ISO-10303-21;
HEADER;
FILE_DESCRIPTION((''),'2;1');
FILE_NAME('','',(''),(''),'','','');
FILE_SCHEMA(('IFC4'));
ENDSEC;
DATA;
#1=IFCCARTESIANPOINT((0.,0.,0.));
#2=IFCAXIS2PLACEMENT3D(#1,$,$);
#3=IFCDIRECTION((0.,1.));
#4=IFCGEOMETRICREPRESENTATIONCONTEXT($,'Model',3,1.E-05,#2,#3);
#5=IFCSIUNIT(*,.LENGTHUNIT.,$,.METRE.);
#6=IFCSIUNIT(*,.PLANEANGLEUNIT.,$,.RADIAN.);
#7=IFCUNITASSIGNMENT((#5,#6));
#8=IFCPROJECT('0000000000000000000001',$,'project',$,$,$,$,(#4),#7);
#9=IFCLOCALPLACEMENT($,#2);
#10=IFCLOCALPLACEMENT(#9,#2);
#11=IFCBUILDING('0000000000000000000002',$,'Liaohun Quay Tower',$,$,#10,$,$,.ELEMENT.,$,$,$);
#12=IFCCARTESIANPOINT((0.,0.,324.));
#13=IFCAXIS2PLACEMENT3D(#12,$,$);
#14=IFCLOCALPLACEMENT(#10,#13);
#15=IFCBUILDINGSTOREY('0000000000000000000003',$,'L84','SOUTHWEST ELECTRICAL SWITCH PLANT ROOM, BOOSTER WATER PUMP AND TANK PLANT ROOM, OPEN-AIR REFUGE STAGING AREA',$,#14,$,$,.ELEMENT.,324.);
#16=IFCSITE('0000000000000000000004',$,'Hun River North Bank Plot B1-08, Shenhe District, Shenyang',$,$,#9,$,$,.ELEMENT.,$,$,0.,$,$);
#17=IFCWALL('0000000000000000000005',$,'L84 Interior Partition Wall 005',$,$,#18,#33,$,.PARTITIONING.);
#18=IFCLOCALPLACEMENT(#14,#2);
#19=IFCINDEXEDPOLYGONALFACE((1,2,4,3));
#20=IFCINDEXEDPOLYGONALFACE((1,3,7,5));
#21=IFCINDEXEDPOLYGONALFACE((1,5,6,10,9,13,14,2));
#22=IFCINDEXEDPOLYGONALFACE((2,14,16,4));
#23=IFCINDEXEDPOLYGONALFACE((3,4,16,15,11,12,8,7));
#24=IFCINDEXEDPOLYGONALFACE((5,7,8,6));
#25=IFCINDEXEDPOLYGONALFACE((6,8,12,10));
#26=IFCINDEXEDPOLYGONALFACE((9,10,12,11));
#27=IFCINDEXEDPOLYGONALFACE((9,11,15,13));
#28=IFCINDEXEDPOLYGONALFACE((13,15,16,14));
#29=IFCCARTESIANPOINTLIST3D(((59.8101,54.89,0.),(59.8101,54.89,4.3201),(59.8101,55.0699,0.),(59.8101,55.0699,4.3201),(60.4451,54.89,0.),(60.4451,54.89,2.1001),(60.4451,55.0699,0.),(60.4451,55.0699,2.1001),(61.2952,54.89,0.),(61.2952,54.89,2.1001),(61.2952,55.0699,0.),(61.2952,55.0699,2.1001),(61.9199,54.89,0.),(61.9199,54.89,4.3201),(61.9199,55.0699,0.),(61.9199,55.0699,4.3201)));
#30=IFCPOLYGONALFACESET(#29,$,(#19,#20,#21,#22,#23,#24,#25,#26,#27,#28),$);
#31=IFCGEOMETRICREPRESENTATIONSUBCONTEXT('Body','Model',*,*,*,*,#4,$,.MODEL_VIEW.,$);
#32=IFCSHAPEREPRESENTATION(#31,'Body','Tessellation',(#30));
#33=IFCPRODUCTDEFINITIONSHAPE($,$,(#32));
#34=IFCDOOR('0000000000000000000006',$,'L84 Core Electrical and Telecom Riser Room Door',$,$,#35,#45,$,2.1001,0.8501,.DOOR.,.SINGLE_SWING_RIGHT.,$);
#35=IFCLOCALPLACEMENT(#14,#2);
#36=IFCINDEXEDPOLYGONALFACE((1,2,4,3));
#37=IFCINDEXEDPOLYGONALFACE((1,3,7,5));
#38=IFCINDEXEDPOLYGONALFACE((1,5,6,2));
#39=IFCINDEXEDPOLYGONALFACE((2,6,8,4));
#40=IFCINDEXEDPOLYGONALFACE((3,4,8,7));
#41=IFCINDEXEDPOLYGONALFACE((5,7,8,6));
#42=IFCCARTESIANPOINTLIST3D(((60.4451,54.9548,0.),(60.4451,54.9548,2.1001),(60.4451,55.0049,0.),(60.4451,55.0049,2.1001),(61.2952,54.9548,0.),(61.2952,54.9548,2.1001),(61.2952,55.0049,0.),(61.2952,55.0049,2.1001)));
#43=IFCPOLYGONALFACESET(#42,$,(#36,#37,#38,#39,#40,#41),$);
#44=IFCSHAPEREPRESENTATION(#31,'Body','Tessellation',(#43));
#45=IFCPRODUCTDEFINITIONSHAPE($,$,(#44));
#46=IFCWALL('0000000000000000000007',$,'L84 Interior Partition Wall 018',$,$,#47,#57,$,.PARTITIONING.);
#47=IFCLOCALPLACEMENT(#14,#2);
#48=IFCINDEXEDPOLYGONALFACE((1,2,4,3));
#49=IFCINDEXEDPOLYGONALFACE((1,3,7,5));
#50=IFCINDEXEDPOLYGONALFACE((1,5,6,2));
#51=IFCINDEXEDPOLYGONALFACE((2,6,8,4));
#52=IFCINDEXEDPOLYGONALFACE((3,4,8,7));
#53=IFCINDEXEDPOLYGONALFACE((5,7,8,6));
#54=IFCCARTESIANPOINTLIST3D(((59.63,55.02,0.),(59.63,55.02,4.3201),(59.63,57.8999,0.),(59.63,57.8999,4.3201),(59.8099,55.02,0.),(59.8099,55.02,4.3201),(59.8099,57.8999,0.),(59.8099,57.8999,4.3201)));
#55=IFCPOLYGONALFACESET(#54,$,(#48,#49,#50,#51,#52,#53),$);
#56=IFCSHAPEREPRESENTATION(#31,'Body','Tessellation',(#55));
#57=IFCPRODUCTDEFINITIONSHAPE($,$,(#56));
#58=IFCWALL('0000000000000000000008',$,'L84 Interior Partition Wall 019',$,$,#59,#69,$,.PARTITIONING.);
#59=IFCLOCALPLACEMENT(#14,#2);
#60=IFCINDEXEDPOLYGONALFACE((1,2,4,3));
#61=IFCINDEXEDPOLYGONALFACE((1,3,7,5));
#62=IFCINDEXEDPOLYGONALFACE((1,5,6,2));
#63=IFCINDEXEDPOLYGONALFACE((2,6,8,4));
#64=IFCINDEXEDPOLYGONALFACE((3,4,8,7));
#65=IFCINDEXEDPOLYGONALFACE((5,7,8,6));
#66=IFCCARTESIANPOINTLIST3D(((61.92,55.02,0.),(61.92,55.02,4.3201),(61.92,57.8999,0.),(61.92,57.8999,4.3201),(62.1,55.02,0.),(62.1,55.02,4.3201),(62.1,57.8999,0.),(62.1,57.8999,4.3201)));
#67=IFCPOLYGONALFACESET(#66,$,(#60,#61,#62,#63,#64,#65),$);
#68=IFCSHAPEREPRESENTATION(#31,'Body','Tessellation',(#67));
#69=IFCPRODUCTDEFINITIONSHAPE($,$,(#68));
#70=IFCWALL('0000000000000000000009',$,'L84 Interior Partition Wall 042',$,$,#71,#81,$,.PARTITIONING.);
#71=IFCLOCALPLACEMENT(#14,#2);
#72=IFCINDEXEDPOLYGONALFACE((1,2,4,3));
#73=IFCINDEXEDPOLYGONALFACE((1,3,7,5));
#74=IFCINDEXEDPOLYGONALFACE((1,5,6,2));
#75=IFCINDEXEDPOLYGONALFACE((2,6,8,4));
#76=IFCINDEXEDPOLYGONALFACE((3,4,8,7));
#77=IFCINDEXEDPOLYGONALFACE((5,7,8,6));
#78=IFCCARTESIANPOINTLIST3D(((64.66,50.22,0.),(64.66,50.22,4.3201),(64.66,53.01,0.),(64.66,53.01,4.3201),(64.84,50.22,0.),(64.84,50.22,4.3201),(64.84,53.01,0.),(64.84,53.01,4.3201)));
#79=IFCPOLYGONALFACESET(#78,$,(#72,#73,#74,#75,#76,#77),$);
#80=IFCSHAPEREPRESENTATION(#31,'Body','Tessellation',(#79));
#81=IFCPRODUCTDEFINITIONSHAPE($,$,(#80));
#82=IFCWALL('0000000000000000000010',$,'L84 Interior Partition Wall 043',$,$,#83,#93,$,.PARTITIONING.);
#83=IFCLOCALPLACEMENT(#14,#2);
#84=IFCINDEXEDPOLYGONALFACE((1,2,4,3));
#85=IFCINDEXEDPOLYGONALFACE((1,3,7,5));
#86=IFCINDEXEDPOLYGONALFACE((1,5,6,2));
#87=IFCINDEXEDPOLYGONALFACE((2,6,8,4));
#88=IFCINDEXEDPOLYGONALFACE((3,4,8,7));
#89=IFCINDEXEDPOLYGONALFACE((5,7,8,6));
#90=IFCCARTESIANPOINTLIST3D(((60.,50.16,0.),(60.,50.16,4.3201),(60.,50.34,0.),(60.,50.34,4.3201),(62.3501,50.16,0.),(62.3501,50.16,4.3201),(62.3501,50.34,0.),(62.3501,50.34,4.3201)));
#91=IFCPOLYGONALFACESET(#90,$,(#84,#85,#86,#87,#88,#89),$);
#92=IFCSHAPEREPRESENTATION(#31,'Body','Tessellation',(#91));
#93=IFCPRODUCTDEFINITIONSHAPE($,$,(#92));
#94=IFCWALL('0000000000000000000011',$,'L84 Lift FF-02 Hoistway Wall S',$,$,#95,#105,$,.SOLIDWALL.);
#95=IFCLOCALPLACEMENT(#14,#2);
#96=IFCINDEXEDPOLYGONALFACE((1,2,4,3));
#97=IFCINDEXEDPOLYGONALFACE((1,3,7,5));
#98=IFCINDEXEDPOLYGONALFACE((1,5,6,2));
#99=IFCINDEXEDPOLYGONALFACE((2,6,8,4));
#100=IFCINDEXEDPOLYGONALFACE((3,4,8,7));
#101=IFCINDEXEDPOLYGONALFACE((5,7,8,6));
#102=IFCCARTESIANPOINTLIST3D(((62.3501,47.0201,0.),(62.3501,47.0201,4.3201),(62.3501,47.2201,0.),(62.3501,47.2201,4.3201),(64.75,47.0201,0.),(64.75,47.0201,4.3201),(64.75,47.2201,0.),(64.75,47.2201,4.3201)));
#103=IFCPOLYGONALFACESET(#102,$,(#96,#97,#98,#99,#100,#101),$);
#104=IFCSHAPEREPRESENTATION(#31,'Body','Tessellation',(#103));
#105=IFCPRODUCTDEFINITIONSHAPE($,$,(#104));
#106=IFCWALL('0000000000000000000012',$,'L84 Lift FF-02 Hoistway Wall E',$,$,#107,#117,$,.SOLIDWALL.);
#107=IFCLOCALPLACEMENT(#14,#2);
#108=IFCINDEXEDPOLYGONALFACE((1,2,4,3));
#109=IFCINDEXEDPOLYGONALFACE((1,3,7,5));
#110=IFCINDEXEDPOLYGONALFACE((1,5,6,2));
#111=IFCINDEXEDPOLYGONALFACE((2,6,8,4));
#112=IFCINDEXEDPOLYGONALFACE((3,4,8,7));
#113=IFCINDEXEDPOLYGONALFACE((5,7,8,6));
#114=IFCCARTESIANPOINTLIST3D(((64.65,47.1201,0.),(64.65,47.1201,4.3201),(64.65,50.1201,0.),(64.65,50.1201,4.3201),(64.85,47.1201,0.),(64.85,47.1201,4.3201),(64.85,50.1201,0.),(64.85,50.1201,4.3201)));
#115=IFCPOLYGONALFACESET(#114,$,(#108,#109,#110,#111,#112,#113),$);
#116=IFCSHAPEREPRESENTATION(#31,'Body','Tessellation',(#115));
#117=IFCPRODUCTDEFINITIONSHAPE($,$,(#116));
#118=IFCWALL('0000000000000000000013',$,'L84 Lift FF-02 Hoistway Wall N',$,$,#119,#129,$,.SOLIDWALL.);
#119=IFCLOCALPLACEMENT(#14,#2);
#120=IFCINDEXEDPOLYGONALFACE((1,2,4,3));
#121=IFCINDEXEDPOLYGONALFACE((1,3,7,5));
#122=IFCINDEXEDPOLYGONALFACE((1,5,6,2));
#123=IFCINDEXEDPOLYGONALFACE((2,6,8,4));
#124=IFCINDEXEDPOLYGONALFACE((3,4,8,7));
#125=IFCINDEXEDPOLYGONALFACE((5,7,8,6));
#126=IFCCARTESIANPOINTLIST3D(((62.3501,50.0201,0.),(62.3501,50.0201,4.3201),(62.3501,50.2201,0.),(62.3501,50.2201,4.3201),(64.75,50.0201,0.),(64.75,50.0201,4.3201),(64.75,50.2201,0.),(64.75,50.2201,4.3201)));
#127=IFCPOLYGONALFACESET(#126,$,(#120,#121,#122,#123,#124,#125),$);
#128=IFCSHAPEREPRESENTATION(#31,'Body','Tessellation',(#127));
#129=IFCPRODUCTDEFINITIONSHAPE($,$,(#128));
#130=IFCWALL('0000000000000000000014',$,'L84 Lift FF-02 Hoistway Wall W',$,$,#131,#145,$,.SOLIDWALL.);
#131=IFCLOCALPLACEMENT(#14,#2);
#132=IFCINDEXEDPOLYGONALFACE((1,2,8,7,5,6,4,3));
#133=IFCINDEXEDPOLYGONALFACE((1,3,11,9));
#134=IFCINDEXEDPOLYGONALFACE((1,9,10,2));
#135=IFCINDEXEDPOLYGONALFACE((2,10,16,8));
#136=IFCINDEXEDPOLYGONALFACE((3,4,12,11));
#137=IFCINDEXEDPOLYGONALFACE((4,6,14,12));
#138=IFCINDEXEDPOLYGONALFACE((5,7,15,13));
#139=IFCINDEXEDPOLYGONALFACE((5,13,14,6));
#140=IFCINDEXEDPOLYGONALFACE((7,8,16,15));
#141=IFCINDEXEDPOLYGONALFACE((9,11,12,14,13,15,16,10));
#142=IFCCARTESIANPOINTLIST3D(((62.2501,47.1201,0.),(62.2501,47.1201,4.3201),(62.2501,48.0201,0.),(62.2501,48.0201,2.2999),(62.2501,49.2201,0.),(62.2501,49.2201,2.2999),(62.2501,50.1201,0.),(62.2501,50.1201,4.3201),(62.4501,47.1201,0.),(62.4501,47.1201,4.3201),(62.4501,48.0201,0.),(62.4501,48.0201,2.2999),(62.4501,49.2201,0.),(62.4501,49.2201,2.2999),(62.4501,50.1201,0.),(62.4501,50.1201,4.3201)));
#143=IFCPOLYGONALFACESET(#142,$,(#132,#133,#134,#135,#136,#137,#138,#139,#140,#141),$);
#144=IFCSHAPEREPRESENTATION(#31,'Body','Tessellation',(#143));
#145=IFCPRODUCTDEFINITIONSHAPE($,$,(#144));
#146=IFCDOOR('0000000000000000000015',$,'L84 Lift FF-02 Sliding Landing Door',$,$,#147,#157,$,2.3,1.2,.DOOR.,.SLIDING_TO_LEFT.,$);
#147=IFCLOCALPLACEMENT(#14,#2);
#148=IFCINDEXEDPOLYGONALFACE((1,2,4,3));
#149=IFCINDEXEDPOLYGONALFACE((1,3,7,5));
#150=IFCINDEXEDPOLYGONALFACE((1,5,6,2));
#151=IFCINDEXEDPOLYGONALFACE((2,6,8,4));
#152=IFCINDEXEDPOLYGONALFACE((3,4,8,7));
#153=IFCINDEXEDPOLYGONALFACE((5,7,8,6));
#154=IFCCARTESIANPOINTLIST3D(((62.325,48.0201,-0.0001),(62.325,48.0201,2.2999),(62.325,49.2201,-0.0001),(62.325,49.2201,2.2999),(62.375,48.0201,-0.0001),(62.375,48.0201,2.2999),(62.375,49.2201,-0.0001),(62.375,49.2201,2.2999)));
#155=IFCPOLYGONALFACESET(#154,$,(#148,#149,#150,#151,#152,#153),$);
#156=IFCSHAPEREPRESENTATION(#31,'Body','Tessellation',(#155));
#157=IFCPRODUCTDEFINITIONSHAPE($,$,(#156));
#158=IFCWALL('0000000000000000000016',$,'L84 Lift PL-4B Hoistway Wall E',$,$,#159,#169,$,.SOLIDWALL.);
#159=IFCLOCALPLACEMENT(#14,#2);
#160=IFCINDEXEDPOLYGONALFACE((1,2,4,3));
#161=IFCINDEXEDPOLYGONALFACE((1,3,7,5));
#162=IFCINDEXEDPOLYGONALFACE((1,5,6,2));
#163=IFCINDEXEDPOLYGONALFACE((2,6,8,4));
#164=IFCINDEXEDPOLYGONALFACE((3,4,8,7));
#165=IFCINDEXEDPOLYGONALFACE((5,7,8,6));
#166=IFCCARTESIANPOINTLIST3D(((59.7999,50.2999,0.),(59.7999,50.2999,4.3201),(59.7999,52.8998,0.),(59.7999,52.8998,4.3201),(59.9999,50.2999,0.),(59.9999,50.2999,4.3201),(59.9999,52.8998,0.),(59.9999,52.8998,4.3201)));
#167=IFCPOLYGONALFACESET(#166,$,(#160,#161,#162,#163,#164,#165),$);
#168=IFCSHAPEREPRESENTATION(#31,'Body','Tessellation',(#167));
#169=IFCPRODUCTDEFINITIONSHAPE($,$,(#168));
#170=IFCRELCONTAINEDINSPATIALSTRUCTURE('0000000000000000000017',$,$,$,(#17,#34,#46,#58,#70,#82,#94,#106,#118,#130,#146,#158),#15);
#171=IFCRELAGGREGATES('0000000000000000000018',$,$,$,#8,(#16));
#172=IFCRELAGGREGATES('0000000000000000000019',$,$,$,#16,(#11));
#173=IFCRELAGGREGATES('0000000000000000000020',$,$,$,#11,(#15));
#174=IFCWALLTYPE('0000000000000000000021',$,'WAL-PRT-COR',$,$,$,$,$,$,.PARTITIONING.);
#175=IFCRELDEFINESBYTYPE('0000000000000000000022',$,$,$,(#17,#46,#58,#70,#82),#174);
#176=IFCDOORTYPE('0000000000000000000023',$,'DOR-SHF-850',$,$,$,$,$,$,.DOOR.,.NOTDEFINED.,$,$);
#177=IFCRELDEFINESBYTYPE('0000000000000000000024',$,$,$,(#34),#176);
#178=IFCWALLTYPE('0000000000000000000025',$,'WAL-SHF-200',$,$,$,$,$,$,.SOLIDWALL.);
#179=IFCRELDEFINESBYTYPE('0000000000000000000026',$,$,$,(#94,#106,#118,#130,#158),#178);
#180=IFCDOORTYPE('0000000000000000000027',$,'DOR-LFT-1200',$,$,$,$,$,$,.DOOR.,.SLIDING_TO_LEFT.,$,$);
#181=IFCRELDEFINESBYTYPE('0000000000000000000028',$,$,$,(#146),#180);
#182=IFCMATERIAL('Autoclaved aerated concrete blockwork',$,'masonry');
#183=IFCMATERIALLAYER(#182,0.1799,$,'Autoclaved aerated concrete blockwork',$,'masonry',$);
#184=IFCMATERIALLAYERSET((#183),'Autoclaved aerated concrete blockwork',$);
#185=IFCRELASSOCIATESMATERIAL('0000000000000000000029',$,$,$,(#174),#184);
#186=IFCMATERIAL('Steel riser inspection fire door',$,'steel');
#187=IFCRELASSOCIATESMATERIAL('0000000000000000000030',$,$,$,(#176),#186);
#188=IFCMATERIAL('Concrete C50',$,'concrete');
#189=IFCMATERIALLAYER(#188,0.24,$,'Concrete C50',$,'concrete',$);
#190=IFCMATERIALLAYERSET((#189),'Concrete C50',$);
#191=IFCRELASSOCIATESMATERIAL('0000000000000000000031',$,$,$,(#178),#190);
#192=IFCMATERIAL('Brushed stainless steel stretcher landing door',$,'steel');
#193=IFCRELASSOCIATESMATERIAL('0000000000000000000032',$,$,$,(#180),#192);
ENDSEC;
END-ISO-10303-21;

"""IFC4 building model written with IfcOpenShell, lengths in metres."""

from ifc_helpers import new_model, si_unit, direction, frame, frame_2d, origin, place, context, subcontext, project, spatial, rectangle, extrude, source, transform, mapped, material, layer, layer_set, type_object, element, fill, save


model = new_model("IFC4")

# Units and contexts
model_context = context("Model", 3, precision=1e-05, world=origin(), true_north=direction((0.0, 1.0)))
body_context = subcontext(model_context, "Body", "Model", "MODEL_VIEW")
ifc_project = project(units=[si_unit("LENGTHUNIT", "METRE"), si_unit("PLANEANGLEUNIT", "RADIAN")], contexts=[model_context])

# Site, building, storey
site_placement = place(None, origin())
site = spatial("IfcSite", under=ifc_project, at=site_placement, Name="Hun River North Bank Plot B1-08, Shenhe District, Shenyang", CompositionType="ELEMENT", RefElevation=0.0)
building_placement = place(site_placement, origin())
building = spatial("IfcBuilding", under=site, at=building_placement, Name="Liaohun Quay Tower", CompositionType="ELEMENT")
storey_placement = place(building_placement, frame((0.0, 0.0, 324.0)))
storey = spatial("IfcBuildingStorey", under=building, at=storey_placement, Name="L84", Description="SOUTHWEST ELECTRICAL SWITCH PLANT ROOM, BOOSTER WATER PUMP AND TANK PLANT ROOM, OPEN-AIR REFUGE STAGING AREA", CompositionType="ELEMENT", Elevation=324.0)

# Wall, opening, door
ifc_material_1 = material(Name="Autoclaved aerated concrete blockwork", Category="masonry")
ifc_layer_1 = layer(ifc_material_1, 0.1799, Name="Autoclaved aerated concrete blockwork", Category="masonry")
ifc_layer_set_1 = layer_set([ifc_layer_1], Name="Autoclaved aerated concrete blockwork")
wall_type_1 = type_object("IfcWallType", Name="WAL-PRT-COR", PredefinedType="PARTITIONING", material=ifc_layer_set_1)
shared_shape_1 = source(origin(), body_context, "Body", "SweptSolid", [
    extrude(rectangle(XDim=0.8501, YDim=2.1001, at=frame_2d((0.425, 1.05))), frame((0.0, 0.0999, 0.0), z_axis=(0.0, -1.0, 0.0), x_axis=(1.0, 0.0, 0.0)), (0.0, 0.0, 1.0), 0.2),
])
ifc_material_2 = material(Name="Steel riser inspection fire door", Category="steel")
door_type_1 = type_object("IfcDoorType", Name="DOR-SHF-850", OperationType="NOTDEFINED", PredefinedType="DOOR", material=ifc_material_2)
shared_shape_2 = source(origin(), body_context, "Body", "SweptSolid", [
    extrude(rectangle(XDim=0.8501, YDim=2.1001, at=frame_2d((0.425, 1.05))), frame((0.0, 0.0249, 0.0), z_axis=(0.0, -1.0, 0.0), x_axis=(1.0, 0.0, 0.0)), (0.0, 0.0, 1.0), 0.05),
])
wall_1_placement = place(storey_placement, frame((59.8101, 54.98, 0.0), z_axis=(0.0, 0.0, 1.0), x_axis=(1.0, 0.0, 0.0)))
wall_1 = element("IfcWall", 1, at=wall_1_placement, inside=storey, type_object=wall_type_1, Name="L84 Interior Partition Wall 005", PredefinedType="PARTITIONING", context=body_context, shape_type="SweptSolid", body=[
    extrude(rectangle(XDim=2.1099, YDim=0.1799, at=frame_2d((1.0549, 0.0))), origin(), (0.0, 0.0, 1.0), 4.3201),
])
opening_1_placement = place(wall_1_placement, frame((0.635, 0.0, 0.0)))
opening_1 = element("IfcOpeningElement", 2, at=opening_1_placement, cuts=wall_1, PredefinedType="OPENING", context=body_context, shape_type="MappedRepresentation", body=[
    mapped(shared_shape_1, transform((0.0, 0.0, 0.0), x_axis=(1.0, 0.0, 0.0), y_axis=(0.0, 1.0, 0.0), z_axis=(0.0, 0.0, 1.0), scale=1.0)),
])
door_1_placement = place(opening_1_placement, origin())
door_1 = element("IfcDoor", 3, at=door_1_placement, inside=storey, type_object=door_type_1, Name="L84 Core Electrical and Telecom Riser Room Door", OperationType="SINGLE_SWING_RIGHT", OverallHeight=2.1001, OverallWidth=0.8501, PredefinedType="DOOR", context=body_context, shape_type="MappedRepresentation", body=[
    mapped(shared_shape_2, transform((0.0, 0.0, 0.0), x_axis=(1.0, 0.0, 0.0), y_axis=(0.0, 1.0, 0.0), z_axis=(0.0, 0.0, 1.0), scale=1.0)),
])
fill(opening_1, door_1)

# Walls
for number, where, z_axis, x_axis, name in (
    (4, (59.72, 55.02, 0.0), (0.0, 0.0, 1.0), (0.0, 1.0, 0.0), "L84 Interior Partition Wall 018"),
    (5, (62.01, 55.02, 0.0), (0.0, 0.0, 1.0), (0.0, 1.0, 0.0), "L84 Interior Partition Wall 019"),
):
    element("IfcWall", number, at=place(storey_placement, frame(where, z_axis=z_axis, x_axis=x_axis)), inside=storey, type_object=wall_type_1, Name=name, PredefinedType="PARTITIONING", context=body_context, shape_type="SweptSolid", body=[
        extrude(rectangle(XDim=2.8799, YDim=0.1799, at=frame_2d((1.4399, 0.0))), origin(), (0.0, 0.0, 1.0), 4.3201),
    ])
wall_2_placement = place(storey_placement, frame((64.75, 50.22, 0.0), z_axis=(0.0, 0.0, 1.0), x_axis=(0.0, 1.0, 0.0)))
element("IfcWall", 6, at=wall_2_placement, inside=storey, type_object=wall_type_1, Name="L84 Interior Partition Wall 042", PredefinedType="PARTITIONING", context=body_context, shape_type="SweptSolid", body=[
    extrude(rectangle(XDim=2.79, YDim=0.1799, at=frame_2d((1.395, 0.0))), origin(), (0.0, 0.0, 1.0), 4.3201),
])
wall_3_placement = place(storey_placement, frame((60.0, 50.25, 0.0), z_axis=(0.0, 0.0, 1.0), x_axis=(1.0, 0.0, 0.0)))
element("IfcWall", 7, at=wall_3_placement, inside=storey, type_object=wall_type_1, Name="L84 Interior Partition Wall 043", PredefinedType="PARTITIONING", context=body_context, shape_type="SweptSolid", body=[
    extrude(rectangle(XDim=2.3501, YDim=0.1799, at=frame_2d((1.175, 0.0))), origin(), (0.0, 0.0, 1.0), 4.3201),
])
ifc_material_3 = material(Name="Concrete C50", Category="concrete")
ifc_layer_2 = layer(ifc_material_3, 0.24, Name="Concrete C50", Category="concrete")
ifc_layer_set_2 = layer_set([ifc_layer_2], Name="Concrete C50")
wall_type_2 = type_object("IfcWallType", Name="WAL-SHF-200", PredefinedType="SOLIDWALL", material=ifc_layer_set_2)
wall_4_placement = place(storey_placement, frame((62.3501, 47.1201, 0.0), z_axis=(0.0, 0.0, 1.0), x_axis=(1.0, 0.0, 0.0)))
element("IfcWall", 8, at=wall_4_placement, inside=storey, type_object=wall_type_2, Name="L84 Lift FF-02 Hoistway Wall S", PredefinedType="SOLIDWALL", context=body_context, shape_type="SweptSolid", body=[
    extrude(rectangle(XDim=2.3999, YDim=0.2, at=frame_2d((1.2, 0.0))), origin(), (0.0, 0.0, 1.0), 4.3201),
])
wall_5_placement = place(storey_placement, frame((64.75, 47.1201, 0.0), z_axis=(0.0, 0.0, 1.0), x_axis=(0.0, 1.0, 0.0)))
element("IfcWall", 9, at=wall_5_placement, inside=storey, type_object=wall_type_2, Name="L84 Lift FF-02 Hoistway Wall E", PredefinedType="SOLIDWALL", context=body_context, shape_type="SweptSolid", body=[
    extrude(rectangle(XDim=3.0, YDim=0.2, at=frame_2d((1.5, 0.0))), origin(), (0.0, 0.0, 1.0), 4.3201),
])
wall_6_placement = place(storey_placement, frame((64.75, 50.1201, 0.0), z_axis=(0.0, 0.0, 1.0), x_axis=(-1.0, 0.0, 0.0)))
element("IfcWall", 10, at=wall_6_placement, inside=storey, type_object=wall_type_2, Name="L84 Lift FF-02 Hoistway Wall N", PredefinedType="SOLIDWALL", context=body_context, shape_type="SweptSolid", body=[
    extrude(rectangle(XDim=2.3999, YDim=0.2, at=frame_2d((1.2, 0.0))), origin(), (0.0, 0.0, 1.0), 4.3201),
])

# Wall, opening, door
wall_7_placement = place(storey_placement, frame((62.3501, 50.1201, 0.0), z_axis=(0.0, 0.0, 1.0), x_axis=(0.0, -1.0, 0.0)))
wall_7 = element("IfcWall", 11, at=wall_7_placement, inside=storey, type_object=wall_type_2, Name="L84 Lift FF-02 Hoistway Wall W", PredefinedType="SOLIDWALL", context=body_context, shape_type="SweptSolid", body=[
    extrude(rectangle(XDim=3.0, YDim=0.2, at=frame_2d((1.5, 0.0))), origin(), (0.0, 0.0, 1.0), 4.3201),
])
shared_shape_3 = source(origin(), body_context, "Body", "SweptSolid", [
    extrude(rectangle(XDim=1.2, YDim=2.3, at=frame_2d((0.6001, 1.1499))), frame((0.0, 0.1099, 0.0), z_axis=(0.0, -1.0, 0.0), x_axis=(1.0, 0.0, 0.0)), (0.0, 0.0, 1.0), 0.22),
])
opening_2_placement = place(wall_7_placement, frame((0.8999, 0.0, 0.0)))
opening_2 = element("IfcOpeningElement", 12, at=opening_2_placement, cuts=wall_7, PredefinedType="OPENING", context=body_context, shape_type="MappedRepresentation", body=[
    mapped(shared_shape_3, transform((0.0, 0.0, 0.0), x_axis=(1.0, 0.0, 0.0), y_axis=(0.0, 1.0, 0.0), z_axis=(0.0, 0.0, 1.0), scale=1.0)),
])
ifc_material_4 = material(Name="Brushed stainless steel stretcher landing door", Category="steel")
door_type_2 = type_object("IfcDoorType", Name="DOR-LFT-1200", OperationType="SLIDING_TO_LEFT", PredefinedType="DOOR", material=ifc_material_4)
shared_shape_4 = source(origin(), body_context, "Body", "SweptSolid", [
    extrude(rectangle(XDim=1.2, YDim=2.3, at=frame_2d((0.6001, 1.1499))), frame((0.0, 0.0249, 0.0), z_axis=(0.0, -1.0, 0.0), x_axis=(1.0, 0.0, 0.0)), (0.0, 0.0, 1.0), 0.05),
])
door_2_placement = place(opening_2_placement, origin())
door_2 = element("IfcDoor", 13, at=door_2_placement, inside=storey, type_object=door_type_2, Name="L84 Lift FF-02 Sliding Landing Door", OperationType="SLIDING_TO_LEFT", OverallHeight=2.3, OverallWidth=1.2, PredefinedType="DOOR", context=body_context, shape_type="MappedRepresentation", body=[
    mapped(shared_shape_4, transform((0.0, 0.0, 0.0), x_axis=(1.0, 0.0, 0.0), y_axis=(0.0, 1.0, 0.0), z_axis=(0.0, 0.0, 1.0), scale=1.0)),
])
fill(opening_2, door_2)

# Wall
wall_8_placement = place(storey_placement, frame((59.8999, 50.3, 0.0), z_axis=(0.0, 0.0, 1.0), x_axis=(0.0, 1.0, 0.0)))
element("IfcWall", 14, at=wall_8_placement, inside=storey, type_object=wall_type_2, Name="L84 Lift PL-4B Hoistway Wall E", PredefinedType="SOLIDWALL", context=body_context, shape_type="SweptSolid", body=[
    extrude(rectangle(XDim=2.5999, YDim=0.2, at=frame_2d((1.2998, 0.0))), origin(), (0.0, 0.0, 1.0), 4.3201),
])

save(model, "model.ifc")
